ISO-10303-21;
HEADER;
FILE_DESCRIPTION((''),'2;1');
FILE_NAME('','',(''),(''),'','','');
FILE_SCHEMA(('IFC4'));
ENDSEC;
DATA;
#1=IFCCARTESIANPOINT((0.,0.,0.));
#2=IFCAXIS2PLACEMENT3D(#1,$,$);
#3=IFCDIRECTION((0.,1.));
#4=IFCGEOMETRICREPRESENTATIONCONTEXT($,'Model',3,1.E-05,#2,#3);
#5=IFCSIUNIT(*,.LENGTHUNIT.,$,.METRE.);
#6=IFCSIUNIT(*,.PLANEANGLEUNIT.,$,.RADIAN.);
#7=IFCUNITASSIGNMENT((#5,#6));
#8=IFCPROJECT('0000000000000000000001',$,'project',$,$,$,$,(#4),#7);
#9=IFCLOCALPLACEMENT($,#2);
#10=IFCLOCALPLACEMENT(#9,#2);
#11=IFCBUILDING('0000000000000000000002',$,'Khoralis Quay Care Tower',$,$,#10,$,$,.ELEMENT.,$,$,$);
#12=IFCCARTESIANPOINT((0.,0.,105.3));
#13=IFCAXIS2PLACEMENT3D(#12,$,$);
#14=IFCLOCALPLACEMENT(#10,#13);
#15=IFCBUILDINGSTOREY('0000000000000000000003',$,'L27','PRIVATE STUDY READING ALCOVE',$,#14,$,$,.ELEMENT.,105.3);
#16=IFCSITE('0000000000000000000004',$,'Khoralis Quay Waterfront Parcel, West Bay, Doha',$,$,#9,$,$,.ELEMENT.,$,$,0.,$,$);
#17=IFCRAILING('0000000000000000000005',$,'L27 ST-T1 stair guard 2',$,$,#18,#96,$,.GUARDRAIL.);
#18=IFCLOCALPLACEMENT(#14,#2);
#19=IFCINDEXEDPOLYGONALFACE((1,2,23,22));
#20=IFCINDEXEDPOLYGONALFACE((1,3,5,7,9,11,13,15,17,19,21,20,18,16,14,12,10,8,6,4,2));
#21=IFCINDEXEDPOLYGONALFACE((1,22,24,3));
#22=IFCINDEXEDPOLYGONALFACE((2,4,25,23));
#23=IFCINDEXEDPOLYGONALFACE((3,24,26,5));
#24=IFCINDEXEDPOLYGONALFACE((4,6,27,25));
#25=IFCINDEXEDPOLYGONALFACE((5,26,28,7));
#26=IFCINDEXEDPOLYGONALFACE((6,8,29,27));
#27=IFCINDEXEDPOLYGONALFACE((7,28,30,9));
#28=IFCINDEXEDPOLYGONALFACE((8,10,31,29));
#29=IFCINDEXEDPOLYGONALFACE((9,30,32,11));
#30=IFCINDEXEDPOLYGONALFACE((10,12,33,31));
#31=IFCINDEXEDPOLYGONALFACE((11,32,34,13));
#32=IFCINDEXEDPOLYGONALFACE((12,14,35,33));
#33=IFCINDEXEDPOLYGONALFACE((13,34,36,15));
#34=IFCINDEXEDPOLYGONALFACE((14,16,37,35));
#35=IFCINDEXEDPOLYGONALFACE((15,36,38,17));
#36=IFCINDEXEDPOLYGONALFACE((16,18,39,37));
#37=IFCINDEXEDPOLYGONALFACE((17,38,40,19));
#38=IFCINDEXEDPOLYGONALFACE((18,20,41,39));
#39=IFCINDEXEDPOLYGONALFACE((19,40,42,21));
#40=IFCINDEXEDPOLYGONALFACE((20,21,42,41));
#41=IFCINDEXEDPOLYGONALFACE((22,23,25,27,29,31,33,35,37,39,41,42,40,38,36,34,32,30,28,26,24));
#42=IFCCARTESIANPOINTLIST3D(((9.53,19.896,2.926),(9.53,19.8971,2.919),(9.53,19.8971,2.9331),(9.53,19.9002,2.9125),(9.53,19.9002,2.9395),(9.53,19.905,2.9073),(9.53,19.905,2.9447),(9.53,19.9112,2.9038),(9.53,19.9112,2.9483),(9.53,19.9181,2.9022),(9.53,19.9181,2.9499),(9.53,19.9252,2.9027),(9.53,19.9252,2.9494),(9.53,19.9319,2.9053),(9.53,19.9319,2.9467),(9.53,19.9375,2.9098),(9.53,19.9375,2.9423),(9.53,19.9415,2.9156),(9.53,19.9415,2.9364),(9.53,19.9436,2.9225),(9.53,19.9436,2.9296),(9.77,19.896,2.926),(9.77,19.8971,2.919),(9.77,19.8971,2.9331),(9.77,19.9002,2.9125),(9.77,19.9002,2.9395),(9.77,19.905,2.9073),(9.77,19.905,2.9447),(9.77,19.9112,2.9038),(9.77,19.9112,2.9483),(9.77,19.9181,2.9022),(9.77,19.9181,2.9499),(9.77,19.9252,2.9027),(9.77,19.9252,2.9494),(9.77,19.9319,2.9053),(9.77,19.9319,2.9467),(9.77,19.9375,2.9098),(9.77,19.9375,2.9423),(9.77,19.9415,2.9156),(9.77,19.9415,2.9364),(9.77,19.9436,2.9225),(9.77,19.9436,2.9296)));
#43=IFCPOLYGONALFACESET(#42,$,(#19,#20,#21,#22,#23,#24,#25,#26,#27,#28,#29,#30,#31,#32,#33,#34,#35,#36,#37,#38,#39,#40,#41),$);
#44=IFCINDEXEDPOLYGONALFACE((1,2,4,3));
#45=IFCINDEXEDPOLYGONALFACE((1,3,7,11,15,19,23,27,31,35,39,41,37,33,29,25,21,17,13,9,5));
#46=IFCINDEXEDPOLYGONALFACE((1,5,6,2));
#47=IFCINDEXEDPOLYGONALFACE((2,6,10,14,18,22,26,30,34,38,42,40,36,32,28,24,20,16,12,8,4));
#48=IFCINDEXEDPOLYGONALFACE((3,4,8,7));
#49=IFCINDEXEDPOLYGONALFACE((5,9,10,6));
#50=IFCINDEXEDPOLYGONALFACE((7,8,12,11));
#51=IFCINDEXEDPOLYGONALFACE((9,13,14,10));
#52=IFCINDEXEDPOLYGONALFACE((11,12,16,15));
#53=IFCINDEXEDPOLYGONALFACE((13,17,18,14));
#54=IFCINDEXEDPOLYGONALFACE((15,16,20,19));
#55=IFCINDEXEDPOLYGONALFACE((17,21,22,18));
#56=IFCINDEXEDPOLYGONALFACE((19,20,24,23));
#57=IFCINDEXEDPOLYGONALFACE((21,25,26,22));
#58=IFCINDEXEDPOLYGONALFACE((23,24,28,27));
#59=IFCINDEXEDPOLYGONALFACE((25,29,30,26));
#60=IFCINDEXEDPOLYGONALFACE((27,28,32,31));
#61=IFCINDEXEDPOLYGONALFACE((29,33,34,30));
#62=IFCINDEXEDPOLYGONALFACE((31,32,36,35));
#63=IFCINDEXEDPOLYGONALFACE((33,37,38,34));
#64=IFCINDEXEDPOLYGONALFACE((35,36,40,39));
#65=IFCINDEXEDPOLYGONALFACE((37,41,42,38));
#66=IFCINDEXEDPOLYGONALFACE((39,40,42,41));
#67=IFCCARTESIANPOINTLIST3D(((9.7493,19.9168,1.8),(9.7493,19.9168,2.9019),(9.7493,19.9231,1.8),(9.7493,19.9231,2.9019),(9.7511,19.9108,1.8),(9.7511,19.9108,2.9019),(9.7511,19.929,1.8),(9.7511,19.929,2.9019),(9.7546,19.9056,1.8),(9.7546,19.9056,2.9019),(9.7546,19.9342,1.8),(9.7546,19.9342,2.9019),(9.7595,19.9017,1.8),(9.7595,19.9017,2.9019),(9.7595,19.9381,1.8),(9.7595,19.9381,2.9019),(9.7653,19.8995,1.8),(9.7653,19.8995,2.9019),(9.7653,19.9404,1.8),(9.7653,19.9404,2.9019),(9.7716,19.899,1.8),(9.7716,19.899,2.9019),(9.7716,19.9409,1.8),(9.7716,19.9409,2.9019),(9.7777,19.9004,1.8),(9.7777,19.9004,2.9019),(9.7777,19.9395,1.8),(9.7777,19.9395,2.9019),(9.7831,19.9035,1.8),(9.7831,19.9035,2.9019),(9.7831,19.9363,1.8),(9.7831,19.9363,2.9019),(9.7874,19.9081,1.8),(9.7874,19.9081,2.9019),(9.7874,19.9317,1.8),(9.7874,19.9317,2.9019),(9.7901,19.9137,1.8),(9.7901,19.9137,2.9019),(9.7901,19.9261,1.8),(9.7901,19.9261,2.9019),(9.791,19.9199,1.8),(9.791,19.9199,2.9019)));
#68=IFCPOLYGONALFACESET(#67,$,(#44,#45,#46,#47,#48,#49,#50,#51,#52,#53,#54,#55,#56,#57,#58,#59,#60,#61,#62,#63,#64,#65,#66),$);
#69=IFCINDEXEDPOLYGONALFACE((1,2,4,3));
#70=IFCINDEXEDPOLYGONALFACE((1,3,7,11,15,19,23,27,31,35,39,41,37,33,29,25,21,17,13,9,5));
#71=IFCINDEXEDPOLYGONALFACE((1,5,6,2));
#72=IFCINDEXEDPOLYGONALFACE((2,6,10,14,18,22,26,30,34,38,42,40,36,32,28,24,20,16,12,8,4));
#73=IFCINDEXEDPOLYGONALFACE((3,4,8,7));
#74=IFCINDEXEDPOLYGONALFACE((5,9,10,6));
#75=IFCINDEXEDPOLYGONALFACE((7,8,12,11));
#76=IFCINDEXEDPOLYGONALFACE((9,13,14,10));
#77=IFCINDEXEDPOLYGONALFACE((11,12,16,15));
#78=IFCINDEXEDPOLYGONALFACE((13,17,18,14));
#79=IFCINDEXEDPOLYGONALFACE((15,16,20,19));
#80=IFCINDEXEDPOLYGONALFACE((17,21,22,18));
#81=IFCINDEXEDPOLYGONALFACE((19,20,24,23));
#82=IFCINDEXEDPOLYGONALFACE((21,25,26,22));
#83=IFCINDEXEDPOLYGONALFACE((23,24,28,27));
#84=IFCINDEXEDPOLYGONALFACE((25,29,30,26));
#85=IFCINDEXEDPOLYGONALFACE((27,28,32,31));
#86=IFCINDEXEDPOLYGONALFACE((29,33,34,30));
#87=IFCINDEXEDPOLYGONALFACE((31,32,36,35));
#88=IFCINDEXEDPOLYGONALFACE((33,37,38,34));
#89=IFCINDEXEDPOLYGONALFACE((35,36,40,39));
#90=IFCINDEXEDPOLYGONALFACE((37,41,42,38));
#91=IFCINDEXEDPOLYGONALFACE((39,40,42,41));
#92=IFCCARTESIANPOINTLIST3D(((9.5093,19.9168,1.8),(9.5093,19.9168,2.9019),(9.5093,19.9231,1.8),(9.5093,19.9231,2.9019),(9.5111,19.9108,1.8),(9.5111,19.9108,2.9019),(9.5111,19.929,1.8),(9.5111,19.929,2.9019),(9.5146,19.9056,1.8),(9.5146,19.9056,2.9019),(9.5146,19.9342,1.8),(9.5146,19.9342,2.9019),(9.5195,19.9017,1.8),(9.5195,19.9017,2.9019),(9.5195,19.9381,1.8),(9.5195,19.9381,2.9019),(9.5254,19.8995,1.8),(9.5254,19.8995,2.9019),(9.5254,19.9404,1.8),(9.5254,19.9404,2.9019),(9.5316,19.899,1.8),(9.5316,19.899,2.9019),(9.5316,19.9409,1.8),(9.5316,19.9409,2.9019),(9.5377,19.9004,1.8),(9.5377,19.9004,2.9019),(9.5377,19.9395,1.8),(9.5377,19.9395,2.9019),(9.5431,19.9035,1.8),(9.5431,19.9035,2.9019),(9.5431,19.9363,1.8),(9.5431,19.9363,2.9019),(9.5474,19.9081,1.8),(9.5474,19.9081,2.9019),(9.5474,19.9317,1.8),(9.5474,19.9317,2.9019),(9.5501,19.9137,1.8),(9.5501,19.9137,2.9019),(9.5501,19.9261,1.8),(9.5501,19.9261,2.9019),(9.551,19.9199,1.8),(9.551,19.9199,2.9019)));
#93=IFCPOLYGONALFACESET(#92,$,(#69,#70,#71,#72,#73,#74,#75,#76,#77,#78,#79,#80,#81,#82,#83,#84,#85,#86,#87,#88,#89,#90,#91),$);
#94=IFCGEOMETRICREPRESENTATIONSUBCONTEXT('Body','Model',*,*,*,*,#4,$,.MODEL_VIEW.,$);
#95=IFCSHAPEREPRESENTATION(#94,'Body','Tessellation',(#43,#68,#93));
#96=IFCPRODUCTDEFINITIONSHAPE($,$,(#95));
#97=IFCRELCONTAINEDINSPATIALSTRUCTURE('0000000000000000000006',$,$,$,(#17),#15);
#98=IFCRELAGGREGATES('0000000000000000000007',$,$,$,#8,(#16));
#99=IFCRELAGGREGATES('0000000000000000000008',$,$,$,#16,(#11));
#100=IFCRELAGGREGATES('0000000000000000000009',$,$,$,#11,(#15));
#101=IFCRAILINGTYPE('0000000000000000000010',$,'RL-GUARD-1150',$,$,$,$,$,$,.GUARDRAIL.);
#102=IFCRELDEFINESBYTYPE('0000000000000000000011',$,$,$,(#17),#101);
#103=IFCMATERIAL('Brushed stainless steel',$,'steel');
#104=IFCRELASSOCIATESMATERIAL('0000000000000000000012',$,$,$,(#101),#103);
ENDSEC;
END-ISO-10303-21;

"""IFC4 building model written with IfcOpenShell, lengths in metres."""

from ifc_helpers import new_model, si_unit, direction, frame, origin, origin_2d, place, context, subcontext, project, spatial, circle, extrude, material, type_object, element, save


model = new_model("IFC4")

# Units and contexts
model_context = context("Model", 3, precision=1e-05, world=origin(), true_north=direction((0.0, 1.0)))
body_context = subcontext(model_context, "Body", "Model", "MODEL_VIEW")
ifc_project = project(units=[si_unit("LENGTHUNIT", "METRE"), si_unit("PLANEANGLEUNIT", "RADIAN")], contexts=[model_context])

# Site, building, storey
site_placement = place(None, origin())
site = spatial("IfcSite", under=ifc_project, at=site_placement, Name="Khoralis Quay Waterfront Parcel, West Bay, Doha", CompositionType="ELEMENT", RefElevation=0.0)
building_placement = place(site_placement, origin())
building = spatial("IfcBuilding", under=site, at=building_placement, Name="Khoralis Quay Care Tower", CompositionType="ELEMENT")
storey_placement = place(building_placement, frame((0.0, 0.0, 105.3)))
storey = spatial("IfcBuildingStorey", under=building, at=storey_placement, Name="L27", Description="PRIVATE STUDY READING ALCOVE", CompositionType="ELEMENT", Elevation=105.3)

# Shared definitions
ifc_material_1 = material(Name="Brushed stainless steel", Category="steel")

# Railing
railing_type_1 = type_object("IfcRailingType", Name="RL-GUARD-1150", PredefinedType="GUARDRAIL", material=ifc_material_1)
railing_1_placement = place(storey_placement, frame((9.77, 19.9199, 1.8)))
element("IfcRailing", 1, at=railing_1_placement, inside=storey, type_object=railing_type_1, Name="L27 ST-T1 stair guard 2", PredefinedType="GUARDRAIL", context=body_context, shape_type="SweptSolid", body=[
    extrude(circle(Radius=0.0239, at=origin_2d()), frame((0.0, 0.0, 1.126), z_axis=(-1.0, 0.0, 0.0), x_axis=(0.0, -1.0, 0.0)), (0.0, 0.0, 1.0), 0.24),
    extrude(circle(Radius=0.021, at=origin_2d()), origin(), (0.0, 0.0, 1.0), 1.1018),
    extrude(circle(Radius=0.021, at=origin_2d()), frame((-0.24, 0.0, 0.0)), (0.0, 0.0, 1.0), 1.1018),
])

save(model, "model.ifc")
